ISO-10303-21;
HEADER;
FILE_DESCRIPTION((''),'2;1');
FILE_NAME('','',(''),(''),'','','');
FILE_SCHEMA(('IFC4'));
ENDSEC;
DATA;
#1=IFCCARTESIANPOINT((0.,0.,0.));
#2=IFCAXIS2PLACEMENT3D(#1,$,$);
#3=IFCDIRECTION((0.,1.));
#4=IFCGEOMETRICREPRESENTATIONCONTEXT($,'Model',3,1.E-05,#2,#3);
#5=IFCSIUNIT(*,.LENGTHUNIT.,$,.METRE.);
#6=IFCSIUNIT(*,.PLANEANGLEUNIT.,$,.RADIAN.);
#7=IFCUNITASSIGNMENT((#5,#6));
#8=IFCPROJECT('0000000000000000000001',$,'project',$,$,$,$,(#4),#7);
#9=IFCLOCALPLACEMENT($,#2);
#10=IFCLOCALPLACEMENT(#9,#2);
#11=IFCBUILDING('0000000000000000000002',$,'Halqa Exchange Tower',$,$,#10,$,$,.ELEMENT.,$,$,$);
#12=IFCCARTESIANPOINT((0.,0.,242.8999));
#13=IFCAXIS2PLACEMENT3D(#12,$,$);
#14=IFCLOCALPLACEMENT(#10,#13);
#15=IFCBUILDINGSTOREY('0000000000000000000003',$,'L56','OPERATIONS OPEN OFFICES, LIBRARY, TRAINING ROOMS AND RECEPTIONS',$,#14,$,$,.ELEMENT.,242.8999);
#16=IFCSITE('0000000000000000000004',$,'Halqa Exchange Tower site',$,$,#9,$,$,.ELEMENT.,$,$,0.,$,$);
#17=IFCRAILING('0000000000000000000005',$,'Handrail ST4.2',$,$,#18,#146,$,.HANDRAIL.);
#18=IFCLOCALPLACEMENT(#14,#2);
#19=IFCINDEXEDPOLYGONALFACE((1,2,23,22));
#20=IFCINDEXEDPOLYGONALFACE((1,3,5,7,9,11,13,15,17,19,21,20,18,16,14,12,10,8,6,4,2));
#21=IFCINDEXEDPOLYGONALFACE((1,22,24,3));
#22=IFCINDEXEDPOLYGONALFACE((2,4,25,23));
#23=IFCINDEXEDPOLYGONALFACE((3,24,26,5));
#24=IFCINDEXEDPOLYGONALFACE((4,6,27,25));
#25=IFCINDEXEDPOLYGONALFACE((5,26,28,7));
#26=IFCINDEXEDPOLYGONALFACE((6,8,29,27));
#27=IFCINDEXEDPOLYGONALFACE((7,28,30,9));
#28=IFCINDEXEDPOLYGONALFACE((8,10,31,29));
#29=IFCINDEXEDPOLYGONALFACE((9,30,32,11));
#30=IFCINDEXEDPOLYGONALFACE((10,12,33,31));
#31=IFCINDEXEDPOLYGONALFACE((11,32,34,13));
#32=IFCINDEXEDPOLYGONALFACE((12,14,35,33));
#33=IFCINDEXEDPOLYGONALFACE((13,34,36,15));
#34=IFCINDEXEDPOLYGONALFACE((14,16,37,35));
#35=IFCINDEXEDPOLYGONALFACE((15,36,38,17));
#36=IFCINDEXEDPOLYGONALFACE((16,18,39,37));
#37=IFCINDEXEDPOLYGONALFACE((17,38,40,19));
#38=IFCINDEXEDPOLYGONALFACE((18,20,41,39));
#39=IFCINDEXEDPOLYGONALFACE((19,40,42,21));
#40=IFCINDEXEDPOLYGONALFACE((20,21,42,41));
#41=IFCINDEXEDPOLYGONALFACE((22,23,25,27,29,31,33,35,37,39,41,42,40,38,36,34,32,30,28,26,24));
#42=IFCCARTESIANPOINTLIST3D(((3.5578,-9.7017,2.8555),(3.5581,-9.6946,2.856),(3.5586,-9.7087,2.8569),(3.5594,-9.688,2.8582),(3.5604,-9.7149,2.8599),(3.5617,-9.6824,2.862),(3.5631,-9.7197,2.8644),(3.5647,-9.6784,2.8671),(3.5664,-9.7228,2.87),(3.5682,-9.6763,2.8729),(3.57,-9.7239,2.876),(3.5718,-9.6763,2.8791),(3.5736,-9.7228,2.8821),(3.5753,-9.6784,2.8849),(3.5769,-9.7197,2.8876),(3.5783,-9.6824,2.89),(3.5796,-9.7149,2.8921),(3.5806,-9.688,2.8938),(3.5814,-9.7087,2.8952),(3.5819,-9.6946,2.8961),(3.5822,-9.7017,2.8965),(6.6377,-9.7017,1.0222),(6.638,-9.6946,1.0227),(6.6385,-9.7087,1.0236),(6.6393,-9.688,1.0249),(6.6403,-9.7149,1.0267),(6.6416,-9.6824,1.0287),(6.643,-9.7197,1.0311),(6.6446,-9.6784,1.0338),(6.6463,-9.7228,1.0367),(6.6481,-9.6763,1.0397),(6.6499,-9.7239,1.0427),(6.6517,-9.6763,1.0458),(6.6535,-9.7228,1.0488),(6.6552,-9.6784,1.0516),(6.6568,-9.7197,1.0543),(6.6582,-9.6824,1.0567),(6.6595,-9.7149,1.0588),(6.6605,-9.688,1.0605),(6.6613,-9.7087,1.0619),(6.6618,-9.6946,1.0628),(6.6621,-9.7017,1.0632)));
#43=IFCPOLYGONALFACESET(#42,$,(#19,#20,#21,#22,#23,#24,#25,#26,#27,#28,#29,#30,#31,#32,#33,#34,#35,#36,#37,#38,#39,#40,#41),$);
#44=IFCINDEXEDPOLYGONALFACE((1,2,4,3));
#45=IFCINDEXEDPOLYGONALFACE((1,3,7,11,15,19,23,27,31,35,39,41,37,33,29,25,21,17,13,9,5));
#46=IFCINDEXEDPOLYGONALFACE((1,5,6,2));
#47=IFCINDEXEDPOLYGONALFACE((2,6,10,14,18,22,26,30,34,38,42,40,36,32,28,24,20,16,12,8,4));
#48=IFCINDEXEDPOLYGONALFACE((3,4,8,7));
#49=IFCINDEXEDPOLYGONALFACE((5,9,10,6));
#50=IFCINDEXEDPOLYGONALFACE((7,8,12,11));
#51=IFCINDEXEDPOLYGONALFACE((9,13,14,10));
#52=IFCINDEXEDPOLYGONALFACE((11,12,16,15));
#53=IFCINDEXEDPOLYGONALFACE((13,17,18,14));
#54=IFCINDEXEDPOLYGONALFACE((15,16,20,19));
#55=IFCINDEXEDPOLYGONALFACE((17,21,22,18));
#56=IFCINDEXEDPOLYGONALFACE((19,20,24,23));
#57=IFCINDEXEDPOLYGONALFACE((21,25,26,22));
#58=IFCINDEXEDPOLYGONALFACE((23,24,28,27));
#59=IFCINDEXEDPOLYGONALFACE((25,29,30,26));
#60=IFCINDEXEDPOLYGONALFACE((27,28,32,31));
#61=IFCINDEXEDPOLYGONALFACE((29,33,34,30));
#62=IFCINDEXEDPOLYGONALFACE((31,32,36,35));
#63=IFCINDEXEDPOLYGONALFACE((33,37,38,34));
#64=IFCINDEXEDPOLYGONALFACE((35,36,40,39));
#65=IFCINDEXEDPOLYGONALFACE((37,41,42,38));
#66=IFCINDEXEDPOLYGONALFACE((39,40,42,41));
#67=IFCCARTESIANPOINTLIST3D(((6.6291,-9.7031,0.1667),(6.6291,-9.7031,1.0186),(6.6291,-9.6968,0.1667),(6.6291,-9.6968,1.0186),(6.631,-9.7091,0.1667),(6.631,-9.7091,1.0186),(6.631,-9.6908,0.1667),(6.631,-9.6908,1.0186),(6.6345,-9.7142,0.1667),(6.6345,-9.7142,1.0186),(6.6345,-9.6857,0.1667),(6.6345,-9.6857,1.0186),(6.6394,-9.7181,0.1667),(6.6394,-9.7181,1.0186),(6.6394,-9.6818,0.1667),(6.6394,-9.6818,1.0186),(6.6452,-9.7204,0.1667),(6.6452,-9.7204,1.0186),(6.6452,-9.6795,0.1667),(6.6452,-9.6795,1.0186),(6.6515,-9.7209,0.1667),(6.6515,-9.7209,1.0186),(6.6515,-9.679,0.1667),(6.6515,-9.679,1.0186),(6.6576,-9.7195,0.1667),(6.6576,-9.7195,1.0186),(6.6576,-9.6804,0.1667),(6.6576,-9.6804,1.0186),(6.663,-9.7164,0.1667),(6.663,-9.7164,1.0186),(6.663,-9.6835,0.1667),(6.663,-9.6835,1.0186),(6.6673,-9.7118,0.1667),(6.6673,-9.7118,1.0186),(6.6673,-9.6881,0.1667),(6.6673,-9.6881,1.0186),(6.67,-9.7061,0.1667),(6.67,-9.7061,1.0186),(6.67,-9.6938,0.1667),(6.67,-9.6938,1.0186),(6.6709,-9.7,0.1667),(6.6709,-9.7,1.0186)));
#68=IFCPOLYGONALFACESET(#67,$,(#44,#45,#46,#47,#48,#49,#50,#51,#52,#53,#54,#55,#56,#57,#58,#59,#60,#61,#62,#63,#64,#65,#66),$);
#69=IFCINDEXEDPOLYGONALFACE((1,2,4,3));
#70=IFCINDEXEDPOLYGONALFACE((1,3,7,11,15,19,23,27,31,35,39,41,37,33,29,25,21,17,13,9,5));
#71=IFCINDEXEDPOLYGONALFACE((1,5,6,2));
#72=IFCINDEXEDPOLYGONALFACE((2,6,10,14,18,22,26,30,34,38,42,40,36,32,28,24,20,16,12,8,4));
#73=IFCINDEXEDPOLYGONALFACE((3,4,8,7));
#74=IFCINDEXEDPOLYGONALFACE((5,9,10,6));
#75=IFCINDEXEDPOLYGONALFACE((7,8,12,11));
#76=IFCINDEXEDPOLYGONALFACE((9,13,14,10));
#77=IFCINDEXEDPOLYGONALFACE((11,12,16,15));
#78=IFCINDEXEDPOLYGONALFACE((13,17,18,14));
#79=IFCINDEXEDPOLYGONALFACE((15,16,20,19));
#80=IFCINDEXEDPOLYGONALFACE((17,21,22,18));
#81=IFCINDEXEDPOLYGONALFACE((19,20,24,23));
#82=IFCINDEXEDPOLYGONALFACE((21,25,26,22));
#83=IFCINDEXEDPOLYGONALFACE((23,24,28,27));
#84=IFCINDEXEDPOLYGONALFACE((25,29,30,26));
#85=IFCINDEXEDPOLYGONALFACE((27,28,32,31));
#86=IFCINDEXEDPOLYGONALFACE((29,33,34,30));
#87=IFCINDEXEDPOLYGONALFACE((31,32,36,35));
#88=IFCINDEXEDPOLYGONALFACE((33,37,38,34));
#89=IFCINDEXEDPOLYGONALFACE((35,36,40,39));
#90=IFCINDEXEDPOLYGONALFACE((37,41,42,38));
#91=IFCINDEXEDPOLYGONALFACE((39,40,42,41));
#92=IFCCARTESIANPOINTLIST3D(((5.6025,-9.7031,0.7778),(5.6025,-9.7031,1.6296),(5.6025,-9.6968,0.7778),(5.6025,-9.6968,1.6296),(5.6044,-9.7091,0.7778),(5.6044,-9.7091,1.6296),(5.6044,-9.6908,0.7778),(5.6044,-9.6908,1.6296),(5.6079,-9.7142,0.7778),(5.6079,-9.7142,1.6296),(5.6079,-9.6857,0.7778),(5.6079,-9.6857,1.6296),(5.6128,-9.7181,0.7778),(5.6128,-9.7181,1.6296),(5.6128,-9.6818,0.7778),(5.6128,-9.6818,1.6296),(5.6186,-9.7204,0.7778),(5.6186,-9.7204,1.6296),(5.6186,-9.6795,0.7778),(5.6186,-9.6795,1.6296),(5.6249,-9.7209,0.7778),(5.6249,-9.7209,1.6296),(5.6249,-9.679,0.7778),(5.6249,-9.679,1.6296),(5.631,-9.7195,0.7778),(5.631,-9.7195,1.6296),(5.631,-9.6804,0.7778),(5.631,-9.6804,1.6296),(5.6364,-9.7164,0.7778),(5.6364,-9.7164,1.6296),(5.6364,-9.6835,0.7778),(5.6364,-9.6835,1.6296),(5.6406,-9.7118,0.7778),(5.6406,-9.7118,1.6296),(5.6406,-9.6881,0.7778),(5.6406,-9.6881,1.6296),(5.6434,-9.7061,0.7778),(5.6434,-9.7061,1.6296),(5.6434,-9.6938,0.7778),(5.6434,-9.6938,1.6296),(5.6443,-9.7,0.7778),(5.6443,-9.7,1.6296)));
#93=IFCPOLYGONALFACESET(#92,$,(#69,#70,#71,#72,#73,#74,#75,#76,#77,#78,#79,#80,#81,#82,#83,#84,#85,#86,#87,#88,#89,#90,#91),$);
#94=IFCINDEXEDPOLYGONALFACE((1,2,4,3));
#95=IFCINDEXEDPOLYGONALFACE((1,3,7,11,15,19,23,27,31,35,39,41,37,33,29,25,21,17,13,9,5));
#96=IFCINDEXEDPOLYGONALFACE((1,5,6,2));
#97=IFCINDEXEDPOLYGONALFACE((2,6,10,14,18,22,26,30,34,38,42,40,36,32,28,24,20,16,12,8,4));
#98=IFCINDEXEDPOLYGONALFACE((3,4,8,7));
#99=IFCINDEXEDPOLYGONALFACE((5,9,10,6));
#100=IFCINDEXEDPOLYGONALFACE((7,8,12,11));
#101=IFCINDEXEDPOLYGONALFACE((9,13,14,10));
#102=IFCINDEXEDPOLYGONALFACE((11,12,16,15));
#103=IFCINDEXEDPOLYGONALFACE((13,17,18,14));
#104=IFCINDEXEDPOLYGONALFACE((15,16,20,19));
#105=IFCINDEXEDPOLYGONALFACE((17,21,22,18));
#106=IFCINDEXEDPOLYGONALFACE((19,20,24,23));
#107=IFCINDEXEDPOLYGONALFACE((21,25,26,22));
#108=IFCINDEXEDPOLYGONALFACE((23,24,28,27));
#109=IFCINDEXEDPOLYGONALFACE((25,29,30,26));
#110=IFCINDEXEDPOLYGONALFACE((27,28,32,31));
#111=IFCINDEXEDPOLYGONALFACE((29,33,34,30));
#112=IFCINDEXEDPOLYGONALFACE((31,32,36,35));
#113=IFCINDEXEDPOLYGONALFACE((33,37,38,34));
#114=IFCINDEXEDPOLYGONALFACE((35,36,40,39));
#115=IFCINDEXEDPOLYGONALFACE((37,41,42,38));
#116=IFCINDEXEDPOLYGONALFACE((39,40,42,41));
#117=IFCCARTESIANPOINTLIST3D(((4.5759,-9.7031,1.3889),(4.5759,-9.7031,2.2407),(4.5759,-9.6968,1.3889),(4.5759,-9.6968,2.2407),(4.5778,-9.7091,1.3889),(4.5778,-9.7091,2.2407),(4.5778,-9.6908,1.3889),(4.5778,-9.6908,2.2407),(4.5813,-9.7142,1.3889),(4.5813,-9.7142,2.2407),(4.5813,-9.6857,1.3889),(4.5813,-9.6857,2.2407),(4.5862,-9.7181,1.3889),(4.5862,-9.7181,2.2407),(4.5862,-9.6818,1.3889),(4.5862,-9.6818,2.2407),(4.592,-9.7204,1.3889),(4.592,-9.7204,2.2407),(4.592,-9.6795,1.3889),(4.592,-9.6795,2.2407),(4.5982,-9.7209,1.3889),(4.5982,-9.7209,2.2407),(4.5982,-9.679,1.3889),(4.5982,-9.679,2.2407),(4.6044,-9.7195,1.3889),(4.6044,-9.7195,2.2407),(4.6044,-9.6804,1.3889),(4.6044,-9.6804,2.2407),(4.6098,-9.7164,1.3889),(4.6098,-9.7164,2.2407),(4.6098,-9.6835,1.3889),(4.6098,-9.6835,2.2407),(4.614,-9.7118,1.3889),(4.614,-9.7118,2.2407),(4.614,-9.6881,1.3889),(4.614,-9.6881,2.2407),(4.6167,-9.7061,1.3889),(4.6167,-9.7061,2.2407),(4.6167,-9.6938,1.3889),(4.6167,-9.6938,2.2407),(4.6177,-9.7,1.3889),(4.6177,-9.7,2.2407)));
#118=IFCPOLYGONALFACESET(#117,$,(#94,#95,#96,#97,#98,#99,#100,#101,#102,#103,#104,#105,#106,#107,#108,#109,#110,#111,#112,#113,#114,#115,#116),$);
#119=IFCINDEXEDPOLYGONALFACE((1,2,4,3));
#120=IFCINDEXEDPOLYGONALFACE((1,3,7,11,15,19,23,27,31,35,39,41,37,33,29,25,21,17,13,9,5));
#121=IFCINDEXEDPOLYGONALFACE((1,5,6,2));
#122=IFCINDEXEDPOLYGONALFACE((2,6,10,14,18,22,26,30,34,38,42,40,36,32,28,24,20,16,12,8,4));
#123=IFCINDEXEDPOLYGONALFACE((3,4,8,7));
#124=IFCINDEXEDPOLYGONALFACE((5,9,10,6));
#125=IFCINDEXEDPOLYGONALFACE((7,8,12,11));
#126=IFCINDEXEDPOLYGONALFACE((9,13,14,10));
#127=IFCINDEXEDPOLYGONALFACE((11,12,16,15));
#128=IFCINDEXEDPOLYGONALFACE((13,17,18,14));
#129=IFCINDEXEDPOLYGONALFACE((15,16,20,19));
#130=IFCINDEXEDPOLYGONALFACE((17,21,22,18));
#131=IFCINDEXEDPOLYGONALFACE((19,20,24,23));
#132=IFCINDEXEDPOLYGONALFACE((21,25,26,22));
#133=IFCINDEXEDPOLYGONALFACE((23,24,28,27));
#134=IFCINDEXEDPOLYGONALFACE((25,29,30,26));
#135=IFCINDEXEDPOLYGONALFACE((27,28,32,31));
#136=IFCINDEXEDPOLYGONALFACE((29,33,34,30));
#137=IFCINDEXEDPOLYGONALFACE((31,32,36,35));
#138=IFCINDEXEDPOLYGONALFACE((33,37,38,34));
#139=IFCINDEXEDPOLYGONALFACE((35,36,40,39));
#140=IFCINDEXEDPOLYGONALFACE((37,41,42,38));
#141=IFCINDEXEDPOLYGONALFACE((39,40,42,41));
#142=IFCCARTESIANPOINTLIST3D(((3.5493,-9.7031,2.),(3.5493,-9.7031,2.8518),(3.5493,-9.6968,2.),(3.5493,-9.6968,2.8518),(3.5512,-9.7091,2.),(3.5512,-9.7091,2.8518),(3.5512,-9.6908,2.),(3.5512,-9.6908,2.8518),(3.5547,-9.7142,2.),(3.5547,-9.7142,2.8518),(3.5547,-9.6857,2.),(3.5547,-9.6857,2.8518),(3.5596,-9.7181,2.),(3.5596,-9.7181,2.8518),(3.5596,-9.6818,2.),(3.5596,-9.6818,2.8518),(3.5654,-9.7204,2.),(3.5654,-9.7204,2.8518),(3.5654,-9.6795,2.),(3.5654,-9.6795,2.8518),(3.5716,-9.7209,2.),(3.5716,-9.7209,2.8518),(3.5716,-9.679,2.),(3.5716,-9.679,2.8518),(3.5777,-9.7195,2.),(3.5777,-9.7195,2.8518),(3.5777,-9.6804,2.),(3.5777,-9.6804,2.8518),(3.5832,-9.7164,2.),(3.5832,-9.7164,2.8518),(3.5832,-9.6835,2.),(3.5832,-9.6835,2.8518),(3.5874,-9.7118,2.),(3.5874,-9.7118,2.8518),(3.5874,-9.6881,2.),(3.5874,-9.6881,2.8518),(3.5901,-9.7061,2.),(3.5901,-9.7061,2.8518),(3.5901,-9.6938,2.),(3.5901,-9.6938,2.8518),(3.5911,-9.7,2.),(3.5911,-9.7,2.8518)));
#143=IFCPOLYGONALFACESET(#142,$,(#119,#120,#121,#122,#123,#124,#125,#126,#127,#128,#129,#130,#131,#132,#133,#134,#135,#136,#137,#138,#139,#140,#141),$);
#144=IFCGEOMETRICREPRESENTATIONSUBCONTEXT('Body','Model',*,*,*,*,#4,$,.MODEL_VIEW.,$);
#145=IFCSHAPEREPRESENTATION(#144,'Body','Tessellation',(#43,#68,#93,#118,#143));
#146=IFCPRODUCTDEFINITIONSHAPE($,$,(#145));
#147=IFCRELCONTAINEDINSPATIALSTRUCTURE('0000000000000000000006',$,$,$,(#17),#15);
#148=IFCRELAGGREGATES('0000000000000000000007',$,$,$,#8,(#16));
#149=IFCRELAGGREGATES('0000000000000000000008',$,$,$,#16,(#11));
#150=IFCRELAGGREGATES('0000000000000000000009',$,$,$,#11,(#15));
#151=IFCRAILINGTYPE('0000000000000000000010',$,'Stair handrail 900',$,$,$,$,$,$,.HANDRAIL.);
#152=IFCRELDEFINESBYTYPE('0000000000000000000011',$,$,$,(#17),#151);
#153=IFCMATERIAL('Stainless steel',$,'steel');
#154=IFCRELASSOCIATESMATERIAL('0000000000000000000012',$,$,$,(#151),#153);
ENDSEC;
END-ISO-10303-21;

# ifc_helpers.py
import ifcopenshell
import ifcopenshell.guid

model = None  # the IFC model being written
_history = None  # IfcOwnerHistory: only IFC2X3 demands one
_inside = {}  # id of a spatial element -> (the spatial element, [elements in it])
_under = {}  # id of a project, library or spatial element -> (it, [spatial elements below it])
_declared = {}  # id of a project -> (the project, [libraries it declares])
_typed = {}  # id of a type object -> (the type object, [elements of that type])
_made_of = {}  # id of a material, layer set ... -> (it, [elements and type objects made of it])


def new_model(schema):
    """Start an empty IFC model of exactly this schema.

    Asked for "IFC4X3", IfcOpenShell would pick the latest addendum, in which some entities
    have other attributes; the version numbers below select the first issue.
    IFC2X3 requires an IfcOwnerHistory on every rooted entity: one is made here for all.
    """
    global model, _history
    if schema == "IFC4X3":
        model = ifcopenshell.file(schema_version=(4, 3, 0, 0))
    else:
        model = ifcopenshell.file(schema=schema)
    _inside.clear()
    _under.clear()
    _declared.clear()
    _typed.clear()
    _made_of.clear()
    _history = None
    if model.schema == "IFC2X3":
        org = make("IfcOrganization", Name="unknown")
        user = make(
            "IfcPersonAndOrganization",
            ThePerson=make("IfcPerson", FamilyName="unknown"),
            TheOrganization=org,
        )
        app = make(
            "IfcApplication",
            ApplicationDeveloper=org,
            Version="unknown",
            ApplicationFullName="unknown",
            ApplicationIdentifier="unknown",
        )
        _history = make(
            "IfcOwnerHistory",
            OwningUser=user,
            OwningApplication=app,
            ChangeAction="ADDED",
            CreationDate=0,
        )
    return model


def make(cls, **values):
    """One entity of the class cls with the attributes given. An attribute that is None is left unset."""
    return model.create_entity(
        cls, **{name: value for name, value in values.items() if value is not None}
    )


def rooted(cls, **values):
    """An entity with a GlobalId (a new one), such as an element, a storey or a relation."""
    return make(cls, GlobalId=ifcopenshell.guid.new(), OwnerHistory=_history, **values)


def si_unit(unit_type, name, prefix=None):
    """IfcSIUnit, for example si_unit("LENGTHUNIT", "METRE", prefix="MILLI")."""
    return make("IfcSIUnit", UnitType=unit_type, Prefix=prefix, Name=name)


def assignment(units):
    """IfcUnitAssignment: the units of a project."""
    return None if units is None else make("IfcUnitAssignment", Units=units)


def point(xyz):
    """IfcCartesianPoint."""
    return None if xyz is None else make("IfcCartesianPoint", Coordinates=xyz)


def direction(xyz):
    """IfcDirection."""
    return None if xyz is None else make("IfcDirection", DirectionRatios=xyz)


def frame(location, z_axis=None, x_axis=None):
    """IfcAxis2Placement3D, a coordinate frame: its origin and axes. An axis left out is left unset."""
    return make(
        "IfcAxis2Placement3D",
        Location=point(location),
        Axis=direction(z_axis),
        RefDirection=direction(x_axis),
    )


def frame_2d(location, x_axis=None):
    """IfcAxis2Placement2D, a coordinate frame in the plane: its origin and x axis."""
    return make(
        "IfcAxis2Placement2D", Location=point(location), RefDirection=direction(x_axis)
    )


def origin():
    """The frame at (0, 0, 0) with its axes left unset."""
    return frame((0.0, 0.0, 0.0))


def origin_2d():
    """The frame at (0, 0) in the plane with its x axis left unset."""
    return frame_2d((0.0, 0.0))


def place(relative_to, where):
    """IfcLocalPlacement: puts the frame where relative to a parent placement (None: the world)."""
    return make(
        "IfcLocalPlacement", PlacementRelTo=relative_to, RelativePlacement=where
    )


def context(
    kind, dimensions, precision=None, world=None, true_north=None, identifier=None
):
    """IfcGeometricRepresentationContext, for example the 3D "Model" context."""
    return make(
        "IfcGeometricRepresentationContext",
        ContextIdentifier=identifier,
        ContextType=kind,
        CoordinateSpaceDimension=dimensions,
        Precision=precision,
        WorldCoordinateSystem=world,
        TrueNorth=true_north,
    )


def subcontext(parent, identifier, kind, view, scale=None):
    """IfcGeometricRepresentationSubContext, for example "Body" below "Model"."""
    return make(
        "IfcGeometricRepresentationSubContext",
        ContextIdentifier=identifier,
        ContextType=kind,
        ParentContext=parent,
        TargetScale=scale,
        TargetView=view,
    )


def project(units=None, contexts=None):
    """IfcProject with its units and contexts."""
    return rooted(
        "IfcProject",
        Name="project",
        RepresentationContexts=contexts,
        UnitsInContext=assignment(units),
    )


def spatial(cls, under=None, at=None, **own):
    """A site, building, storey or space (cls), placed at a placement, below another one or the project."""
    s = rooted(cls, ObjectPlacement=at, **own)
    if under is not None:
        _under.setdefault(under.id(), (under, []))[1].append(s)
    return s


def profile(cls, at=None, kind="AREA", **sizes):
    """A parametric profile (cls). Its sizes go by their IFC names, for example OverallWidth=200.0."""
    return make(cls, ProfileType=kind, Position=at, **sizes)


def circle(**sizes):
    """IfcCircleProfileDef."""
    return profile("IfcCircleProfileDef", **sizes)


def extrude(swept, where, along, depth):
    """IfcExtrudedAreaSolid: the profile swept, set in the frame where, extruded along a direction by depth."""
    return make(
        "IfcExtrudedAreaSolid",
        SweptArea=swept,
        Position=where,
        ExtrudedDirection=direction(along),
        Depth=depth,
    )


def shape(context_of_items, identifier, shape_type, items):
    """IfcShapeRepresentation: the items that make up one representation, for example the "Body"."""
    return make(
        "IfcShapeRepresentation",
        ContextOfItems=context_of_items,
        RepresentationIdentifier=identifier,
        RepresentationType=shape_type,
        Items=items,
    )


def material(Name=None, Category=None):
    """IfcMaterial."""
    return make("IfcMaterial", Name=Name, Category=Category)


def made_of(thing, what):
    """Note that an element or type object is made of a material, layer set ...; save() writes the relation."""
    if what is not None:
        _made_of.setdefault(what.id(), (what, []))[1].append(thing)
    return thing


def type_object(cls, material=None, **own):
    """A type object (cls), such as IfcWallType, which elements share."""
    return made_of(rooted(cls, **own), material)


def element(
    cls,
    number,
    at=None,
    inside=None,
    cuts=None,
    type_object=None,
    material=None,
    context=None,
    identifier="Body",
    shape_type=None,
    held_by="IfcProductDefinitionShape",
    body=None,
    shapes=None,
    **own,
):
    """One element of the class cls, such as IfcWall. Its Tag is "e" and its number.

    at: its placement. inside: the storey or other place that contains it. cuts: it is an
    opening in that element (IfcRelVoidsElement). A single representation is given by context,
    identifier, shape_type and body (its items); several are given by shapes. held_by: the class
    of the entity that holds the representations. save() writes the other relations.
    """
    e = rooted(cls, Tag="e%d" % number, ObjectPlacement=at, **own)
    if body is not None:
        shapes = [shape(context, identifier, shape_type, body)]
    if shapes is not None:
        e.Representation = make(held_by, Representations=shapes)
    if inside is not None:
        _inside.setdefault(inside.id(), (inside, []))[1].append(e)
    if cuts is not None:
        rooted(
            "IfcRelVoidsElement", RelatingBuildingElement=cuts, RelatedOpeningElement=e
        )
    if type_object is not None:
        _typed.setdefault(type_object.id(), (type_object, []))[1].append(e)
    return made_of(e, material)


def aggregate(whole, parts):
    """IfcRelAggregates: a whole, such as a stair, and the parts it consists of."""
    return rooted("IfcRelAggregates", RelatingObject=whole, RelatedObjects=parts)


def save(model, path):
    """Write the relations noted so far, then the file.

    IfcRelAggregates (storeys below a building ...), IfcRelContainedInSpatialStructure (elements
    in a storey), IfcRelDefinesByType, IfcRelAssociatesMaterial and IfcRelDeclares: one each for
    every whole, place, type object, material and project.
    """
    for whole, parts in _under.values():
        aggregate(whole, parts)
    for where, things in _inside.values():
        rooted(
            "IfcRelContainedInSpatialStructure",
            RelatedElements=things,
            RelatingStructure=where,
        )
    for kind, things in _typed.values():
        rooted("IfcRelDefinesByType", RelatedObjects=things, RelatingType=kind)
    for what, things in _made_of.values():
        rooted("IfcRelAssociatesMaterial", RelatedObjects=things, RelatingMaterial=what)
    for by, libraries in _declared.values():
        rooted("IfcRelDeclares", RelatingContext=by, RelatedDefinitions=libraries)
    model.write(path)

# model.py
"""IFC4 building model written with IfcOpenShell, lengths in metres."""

from ifc_helpers import new_model, si_unit, direction, frame, origin, origin_2d, place, context, subcontext, project, spatial, circle, extrude, material, type_object, element, save


model = new_model("IFC4")

# Units and contexts
model_context = context("Model", 3, precision=1e-05, world=origin(), true_north=direction((0.0, 1.0)))
body_context = subcontext(model_context, "Body", "Model", "MODEL_VIEW")
ifc_project = project(units=[si_unit("LENGTHUNIT", "METRE"), si_unit("PLANEANGLEUNIT", "RADIAN")], contexts=[model_context])

# Site, building, storey
site_placement = place(None, origin())
site = spatial("IfcSite", under=ifc_project, at=site_placement, Name="Halqa Exchange Tower site", CompositionType="ELEMENT", RefElevation=0.0)
building_placement = place(site_placement, origin())
building = spatial("IfcBuilding", under=site, at=building_placement, Name="Halqa Exchange Tower", CompositionType="ELEMENT")
storey_placement = place(building_placement, frame((0.0, 0.0, 242.8999)))
storey = spatial("IfcBuildingStorey", under=building, at=storey_placement, Name="L56", Description="OPERATIONS OPEN OFFICES, LIBRARY, TRAINING ROOMS AND RECEPTIONS", CompositionType="ELEMENT", Elevation=242.8999)

# Railing
ifc_material_1 = material(Name="Stainless steel", Category="steel")
railing_type_1 = type_object("IfcRailingType", Name="Stair handrail 900", PredefinedType="HANDRAIL", material=ifc_material_1)
railing_1_placement = place(storey_placement, frame((6.6499, -9.7, 0.1667)))
element("IfcRailing", 1, at=railing_1_placement, inside=storey, type_object=railing_type_1, Name="Handrail ST4.2", PredefinedType="HANDRAIL", context=body_context, shape_type="SweptSolid", body=[
    extrude(circle(Radius=0.0239, at=origin_2d()), frame((0.0, 0.0, 0.876), z_axis=(-0.859291, 0.0, 0.511487), x_axis=(0.0, -1.0, 0.0)), (0.0, 0.0, 1.0), 3.5842),
    extrude(circle(Radius=0.021, at=origin_2d()), origin(), (0.0, 0.0, 1.0), 0.8518),
    extrude(circle(Radius=0.021, at=origin_2d()), frame((-1.0266, 0.0, 0.6111)), (0.0, 0.0, 1.0), 0.8518),
    extrude(circle(Radius=0.021, at=origin_2d()), frame((-2.0532, 0.0, 1.2222)), (0.0, 0.0, 1.0), 0.8518),
    extrude(circle(Radius=0.021, at=origin_2d()), frame((-3.0798, 0.0, 1.8333)), (0.0, 0.0, 1.0), 0.8518),
])

save(model, "model.ifc")
